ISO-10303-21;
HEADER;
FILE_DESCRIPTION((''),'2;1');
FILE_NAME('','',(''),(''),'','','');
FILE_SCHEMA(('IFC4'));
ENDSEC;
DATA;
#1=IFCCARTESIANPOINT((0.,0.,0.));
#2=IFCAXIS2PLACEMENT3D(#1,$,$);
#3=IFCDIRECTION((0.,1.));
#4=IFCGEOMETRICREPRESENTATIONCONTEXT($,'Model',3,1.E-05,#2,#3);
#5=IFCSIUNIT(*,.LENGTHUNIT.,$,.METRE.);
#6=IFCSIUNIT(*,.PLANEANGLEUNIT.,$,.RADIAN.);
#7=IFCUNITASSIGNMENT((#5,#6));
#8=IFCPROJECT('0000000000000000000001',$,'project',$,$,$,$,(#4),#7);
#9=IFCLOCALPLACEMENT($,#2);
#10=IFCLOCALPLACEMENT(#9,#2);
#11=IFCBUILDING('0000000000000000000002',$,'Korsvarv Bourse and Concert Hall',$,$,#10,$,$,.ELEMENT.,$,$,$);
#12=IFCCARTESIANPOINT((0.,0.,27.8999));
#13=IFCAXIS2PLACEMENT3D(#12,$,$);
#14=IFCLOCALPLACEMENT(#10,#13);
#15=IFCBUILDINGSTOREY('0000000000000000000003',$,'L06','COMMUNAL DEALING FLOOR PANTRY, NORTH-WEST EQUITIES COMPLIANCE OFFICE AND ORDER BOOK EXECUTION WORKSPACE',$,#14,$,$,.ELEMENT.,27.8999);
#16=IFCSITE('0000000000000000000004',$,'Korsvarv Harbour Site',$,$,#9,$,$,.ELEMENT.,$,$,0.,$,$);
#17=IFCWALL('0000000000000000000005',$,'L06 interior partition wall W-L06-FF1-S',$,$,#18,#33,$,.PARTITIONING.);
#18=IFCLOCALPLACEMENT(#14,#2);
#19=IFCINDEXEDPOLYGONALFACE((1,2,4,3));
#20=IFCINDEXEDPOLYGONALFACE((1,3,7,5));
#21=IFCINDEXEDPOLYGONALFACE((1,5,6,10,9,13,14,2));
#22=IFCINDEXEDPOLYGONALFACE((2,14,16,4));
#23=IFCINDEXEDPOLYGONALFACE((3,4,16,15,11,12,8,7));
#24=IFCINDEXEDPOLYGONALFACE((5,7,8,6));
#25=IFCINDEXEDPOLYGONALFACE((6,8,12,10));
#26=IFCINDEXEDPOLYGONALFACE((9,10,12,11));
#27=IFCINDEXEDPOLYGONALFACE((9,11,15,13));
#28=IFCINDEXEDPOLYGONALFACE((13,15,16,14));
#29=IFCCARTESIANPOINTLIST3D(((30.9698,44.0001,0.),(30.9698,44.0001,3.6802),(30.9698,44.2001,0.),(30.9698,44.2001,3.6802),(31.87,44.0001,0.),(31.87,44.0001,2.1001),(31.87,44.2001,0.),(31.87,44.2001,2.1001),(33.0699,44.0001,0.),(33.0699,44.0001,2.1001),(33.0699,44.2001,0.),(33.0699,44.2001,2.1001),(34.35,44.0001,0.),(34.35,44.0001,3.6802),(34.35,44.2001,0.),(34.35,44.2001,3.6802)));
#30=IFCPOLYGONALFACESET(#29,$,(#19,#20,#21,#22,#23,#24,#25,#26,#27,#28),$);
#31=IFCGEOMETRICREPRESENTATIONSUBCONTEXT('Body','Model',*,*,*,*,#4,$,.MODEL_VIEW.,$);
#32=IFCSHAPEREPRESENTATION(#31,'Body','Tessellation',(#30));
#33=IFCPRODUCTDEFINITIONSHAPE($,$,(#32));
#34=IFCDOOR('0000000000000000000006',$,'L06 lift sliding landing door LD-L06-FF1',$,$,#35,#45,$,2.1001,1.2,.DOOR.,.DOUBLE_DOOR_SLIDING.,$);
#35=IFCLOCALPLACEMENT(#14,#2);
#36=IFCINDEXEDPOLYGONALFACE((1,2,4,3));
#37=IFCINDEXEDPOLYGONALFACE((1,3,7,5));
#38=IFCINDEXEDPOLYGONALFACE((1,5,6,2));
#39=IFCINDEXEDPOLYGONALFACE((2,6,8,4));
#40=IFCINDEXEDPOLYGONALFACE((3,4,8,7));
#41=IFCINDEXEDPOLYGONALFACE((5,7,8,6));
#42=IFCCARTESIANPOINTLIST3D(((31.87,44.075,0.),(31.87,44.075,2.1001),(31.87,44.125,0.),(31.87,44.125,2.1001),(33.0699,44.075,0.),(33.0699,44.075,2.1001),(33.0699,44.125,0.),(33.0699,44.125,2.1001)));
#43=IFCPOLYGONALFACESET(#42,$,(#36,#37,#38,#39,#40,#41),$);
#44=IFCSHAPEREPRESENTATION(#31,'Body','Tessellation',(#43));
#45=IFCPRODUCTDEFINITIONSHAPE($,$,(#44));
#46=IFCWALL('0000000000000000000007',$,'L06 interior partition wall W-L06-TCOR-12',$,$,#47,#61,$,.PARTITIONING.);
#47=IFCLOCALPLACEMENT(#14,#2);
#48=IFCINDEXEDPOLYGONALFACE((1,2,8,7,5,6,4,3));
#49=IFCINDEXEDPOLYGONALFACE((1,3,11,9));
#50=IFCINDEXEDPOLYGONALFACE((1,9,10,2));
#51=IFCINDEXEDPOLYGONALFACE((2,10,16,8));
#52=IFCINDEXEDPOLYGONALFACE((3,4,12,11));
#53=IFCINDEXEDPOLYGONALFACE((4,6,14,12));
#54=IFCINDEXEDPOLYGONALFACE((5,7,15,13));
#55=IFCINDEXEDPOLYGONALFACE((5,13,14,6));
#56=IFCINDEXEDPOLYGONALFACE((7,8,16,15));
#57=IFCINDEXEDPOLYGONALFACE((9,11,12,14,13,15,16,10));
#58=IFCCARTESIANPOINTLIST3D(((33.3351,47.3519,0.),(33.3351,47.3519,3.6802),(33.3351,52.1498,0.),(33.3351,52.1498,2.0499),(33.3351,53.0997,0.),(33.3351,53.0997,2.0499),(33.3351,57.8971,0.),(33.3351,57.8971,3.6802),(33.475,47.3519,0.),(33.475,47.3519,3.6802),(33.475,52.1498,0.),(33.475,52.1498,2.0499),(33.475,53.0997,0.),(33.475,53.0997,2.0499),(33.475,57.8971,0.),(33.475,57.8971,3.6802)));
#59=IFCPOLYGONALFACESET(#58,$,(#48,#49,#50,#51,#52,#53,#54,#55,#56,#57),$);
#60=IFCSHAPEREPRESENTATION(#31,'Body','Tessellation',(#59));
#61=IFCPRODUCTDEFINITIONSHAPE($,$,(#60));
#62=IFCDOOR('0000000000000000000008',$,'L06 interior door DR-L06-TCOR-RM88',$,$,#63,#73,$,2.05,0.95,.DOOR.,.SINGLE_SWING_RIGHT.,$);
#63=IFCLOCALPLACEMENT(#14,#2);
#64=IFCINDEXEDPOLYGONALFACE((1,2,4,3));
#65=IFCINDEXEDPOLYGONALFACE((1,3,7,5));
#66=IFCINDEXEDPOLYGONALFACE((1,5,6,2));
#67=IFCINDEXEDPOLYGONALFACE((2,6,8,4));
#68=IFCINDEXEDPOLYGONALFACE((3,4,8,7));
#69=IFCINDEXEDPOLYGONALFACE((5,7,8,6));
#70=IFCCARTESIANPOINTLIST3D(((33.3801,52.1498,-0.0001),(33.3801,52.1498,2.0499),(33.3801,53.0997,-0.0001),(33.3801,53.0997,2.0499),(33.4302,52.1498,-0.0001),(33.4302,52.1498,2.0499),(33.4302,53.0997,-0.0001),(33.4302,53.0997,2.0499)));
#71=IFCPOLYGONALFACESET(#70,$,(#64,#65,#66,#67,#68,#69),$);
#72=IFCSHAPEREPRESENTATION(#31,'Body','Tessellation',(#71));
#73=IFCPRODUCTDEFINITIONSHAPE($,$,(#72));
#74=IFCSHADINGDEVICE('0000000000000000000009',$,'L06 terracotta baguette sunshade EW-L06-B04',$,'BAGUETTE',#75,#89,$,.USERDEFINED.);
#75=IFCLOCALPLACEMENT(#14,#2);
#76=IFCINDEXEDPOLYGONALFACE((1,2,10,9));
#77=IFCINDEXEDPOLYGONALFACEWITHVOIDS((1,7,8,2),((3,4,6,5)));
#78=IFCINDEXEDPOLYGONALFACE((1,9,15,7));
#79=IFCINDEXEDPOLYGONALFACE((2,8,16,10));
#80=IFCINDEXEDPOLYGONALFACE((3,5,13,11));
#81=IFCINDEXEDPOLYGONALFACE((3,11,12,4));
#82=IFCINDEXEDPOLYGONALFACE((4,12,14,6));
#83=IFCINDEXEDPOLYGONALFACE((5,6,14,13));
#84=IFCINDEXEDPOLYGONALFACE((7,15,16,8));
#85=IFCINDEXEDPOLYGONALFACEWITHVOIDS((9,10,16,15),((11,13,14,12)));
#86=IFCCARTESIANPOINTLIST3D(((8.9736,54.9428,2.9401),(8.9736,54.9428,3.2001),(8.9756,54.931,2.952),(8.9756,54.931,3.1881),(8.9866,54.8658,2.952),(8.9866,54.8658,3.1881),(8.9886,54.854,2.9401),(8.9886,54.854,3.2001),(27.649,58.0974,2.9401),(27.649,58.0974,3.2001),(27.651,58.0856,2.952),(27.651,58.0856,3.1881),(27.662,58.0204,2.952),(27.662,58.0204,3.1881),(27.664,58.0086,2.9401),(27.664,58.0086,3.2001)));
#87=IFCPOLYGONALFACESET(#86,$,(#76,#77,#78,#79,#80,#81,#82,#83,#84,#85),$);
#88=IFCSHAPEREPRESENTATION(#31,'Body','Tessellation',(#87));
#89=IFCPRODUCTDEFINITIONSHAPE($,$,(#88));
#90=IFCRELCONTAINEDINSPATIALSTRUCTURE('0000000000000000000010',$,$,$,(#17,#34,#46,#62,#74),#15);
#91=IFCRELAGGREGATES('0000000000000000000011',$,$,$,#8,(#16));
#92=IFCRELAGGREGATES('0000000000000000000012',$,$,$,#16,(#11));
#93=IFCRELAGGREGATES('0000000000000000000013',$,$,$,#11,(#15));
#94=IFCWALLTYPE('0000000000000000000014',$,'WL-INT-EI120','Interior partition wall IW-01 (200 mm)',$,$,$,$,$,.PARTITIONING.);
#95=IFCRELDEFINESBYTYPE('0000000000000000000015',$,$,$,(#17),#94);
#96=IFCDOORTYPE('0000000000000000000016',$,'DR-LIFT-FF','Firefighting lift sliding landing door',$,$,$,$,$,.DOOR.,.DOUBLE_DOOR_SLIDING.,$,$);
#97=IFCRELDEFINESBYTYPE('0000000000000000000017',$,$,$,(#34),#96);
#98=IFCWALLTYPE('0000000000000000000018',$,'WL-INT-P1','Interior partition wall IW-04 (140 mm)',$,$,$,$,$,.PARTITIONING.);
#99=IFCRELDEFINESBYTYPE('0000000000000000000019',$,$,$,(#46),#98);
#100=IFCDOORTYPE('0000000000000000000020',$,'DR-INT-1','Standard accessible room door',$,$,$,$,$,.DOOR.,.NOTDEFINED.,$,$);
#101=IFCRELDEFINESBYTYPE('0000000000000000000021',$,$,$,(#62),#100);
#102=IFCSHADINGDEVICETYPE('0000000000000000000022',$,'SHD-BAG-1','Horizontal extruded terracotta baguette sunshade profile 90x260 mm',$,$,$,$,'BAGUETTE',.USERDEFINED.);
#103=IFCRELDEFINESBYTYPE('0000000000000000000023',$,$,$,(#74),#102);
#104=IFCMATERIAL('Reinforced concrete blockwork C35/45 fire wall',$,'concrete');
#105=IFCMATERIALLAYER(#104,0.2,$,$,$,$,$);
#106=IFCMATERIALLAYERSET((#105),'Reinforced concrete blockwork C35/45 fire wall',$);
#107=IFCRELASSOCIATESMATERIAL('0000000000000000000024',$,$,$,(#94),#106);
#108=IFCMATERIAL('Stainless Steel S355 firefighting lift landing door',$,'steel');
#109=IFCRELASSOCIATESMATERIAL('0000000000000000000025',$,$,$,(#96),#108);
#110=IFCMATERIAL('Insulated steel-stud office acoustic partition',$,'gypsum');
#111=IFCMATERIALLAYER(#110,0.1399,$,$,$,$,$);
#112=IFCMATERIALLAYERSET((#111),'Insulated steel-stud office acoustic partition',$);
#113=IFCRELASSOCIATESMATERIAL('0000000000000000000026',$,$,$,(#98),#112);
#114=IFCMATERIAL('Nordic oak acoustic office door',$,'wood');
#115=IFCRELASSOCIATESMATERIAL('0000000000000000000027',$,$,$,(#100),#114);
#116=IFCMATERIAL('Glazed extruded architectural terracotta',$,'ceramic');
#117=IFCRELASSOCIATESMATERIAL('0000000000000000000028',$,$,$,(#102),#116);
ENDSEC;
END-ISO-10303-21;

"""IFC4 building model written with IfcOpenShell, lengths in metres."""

from ifc_helpers import new_model, si_unit, direction, frame, frame_2d, origin, origin_2d, place, context, subcontext, project, spatial, rectangle, hollow_rectangle, extrude, source, transform, mapped, material, layer, layer_set, material_profile, profile_set, type_object, element, fill, save


model = new_model("IFC4")

# Units and contexts
model_context = context("Model", 3, precision=1e-05, world=origin(), true_north=direction((0.0, 1.0)))
body_context = subcontext(model_context, "Body", "Model", "MODEL_VIEW")
ifc_project = project(units=[si_unit("LENGTHUNIT", "METRE"), si_unit("PLANEANGLEUNIT", "RADIAN")], contexts=[model_context])

# Site, building, storey
site_placement = place(None, origin())
site = spatial("IfcSite", under=ifc_project, at=site_placement, Name="Korsvarv Harbour Site", CompositionType="ELEMENT", RefElevation=0.0)
building_placement = place(site_placement, origin())
building = spatial("IfcBuilding", under=site, at=building_placement, Name="Korsvarv Bourse and Concert Hall", CompositionType="ELEMENT")
storey_placement = place(building_placement, frame((0.0, 0.0, 27.8999)))
storey = spatial("IfcBuildingStorey", under=building, at=storey_placement, Name="L06", Description="COMMUNAL DEALING FLOOR PANTRY, NORTH-WEST EQUITIES COMPLIANCE OFFICE AND ORDER BOOK EXECUTION WORKSPACE", CompositionType="ELEMENT", Elevation=27.8999)

# Walls, openings, doors
ifc_material_1 = material(Name="Reinforced concrete blockwork C35/45 fire wall", Category="concrete")
ifc_layer_1 = layer(ifc_material_1, 0.2)
ifc_layer_set_1 = layer_set([ifc_layer_1], Name="Reinforced concrete blockwork C35/45 fire wall")
wall_type_1 = type_object("IfcWallType", Name="WL-INT-EI120", Description="Interior partition wall IW-01 (200 mm)", PredefinedType="PARTITIONING", material=ifc_layer_set_1)
wall_1_placement = place(storey_placement, frame((30.97, 44.1001, 0.0), z_axis=(0.0, 0.0, 1.0), x_axis=(1.0, 0.0, 0.0)))
wall_1 = element("IfcWall", 1, at=wall_1_placement, inside=storey, type_object=wall_type_1, Name="L06 interior partition wall W-L06-FF1-S", PredefinedType="PARTITIONING", context=body_context, shape_type="SweptSolid", body=[
    extrude(rectangle(XDim=3.3801, YDim=0.2, at=frame_2d((1.6899, 0.0))), origin(), (0.0, 0.0, 1.0), 3.6802),
])
opening_1_placement = place(wall_1_placement, frame((0.8999, 0.0, 0.0)))
opening_1 = element("IfcOpeningElement", 2, at=opening_1_placement, cuts=wall_1, PredefinedType="OPENING", context=body_context, shape_type="SweptSolid", body=[
    extrude(rectangle(XDim=1.2, YDim=2.1001, at=frame_2d((0.6001, 1.05))), frame((0.0, 0.1099, 0.0), z_axis=(0.0, -1.0, 0.0), x_axis=(1.0, 0.0, 0.0)), (0.0, 0.0, 1.0), 0.22),
])
ifc_material_2 = material(Name="Stainless Steel S355 firefighting lift landing door", Category="steel")
door_type_1 = type_object("IfcDoorType", Name="DR-LIFT-FF", Description="Firefighting lift sliding landing door", OperationType="DOUBLE_DOOR_SLIDING", PredefinedType="DOOR", material=ifc_material_2)
door_1_placement = place(opening_1_placement, origin())
door_1 = element("IfcDoor", 3, at=door_1_placement, inside=storey, type_object=door_type_1, Name="L06 lift sliding landing door LD-L06-FF1", OperationType="DOUBLE_DOOR_SLIDING", OverallHeight=2.1001, OverallWidth=1.2, PredefinedType="DOOR", context=body_context, shape_type="SweptSolid", body=[
    extrude(rectangle(XDim=1.2, YDim=2.1001, at=frame_2d((0.6001, 1.05))), frame((0.0, 0.0249, 0.0), z_axis=(0.0, -1.0, 0.0), x_axis=(1.0, 0.0, 0.0)), (0.0, 0.0, 1.0), 0.05),
])
fill(opening_1, door_1)
ifc_material_3 = material(Name="Insulated steel-stud office acoustic partition", Category="gypsum")
ifc_layer_2 = layer(ifc_material_3, 0.1399)
ifc_layer_set_2 = layer_set([ifc_layer_2], Name="Insulated steel-stud office acoustic partition")
wall_type_2 = type_object("IfcWallType", Name="WL-INT-P1", Description="Interior partition wall IW-04 (140 mm)", PredefinedType="PARTITIONING", material=ifc_layer_set_2)
wall_2_placement = place(storey_placement, frame((33.405, 47.3521, 0.0), z_axis=(0.0, 0.0, 1.0), x_axis=(0.0, 1.0, 0.0)))
wall_2 = element("IfcWall", 4, at=wall_2_placement, inside=storey, type_object=wall_type_2, Name="L06 interior partition wall W-L06-TCOR-12", PredefinedType="PARTITIONING", context=body_context, shape_type="SweptSolid", body=[
    extrude(rectangle(XDim=10.5452, YDim=0.1399, at=frame_2d((5.2725, 0.0))), origin(), (0.0, 0.0, 1.0), 3.6802),
])
opening_2_placement = place(wall_2_placement, frame((4.7976, 0.0, 0.0)))
opening_2 = element("IfcOpeningElement", 5, at=opening_2_placement, cuts=wall_2, PredefinedType="OPENING", context=body_context, shape_type="SweptSolid", body=[
    extrude(rectangle(XDim=0.95, YDim=2.05, at=frame_2d((0.4751, 1.0249))), frame((0.0, 0.0801, 0.0), z_axis=(0.0, -1.0, 0.0), x_axis=(1.0, 0.0, 0.0)), (0.0, 0.0, 1.0), 0.1599),
])
ifc_material_4 = material(Name="Nordic oak acoustic office door", Category="wood")
door_type_2 = type_object("IfcDoorType", Name="DR-INT-1", Description="Standard accessible room door", OperationType="NOTDEFINED", PredefinedType="DOOR", material=ifc_material_4)
door_2_placement = place(opening_2_placement, origin())
door_2 = element("IfcDoor", 6, at=door_2_placement, inside=storey, type_object=door_type_2, Name="L06 interior door DR-L06-TCOR-RM88", OperationType="SINGLE_SWING_RIGHT", OverallHeight=2.05, OverallWidth=0.95, PredefinedType="DOOR", context=body_context, shape_type="SweptSolid", body=[
    extrude(rectangle(XDim=0.95, YDim=2.05, at=frame_2d((0.4751, 1.0249))), frame((0.0, 0.0249, 0.0), z_axis=(0.0, -1.0, 0.0), x_axis=(1.0, 0.0, 0.0)), (0.0, 0.0, 1.0), 0.05),
])
fill(opening_2, door_2)

# Shading device
ifc_material_5 = material(Name="Glazed extruded architectural terracotta", Category="ceramic")
ifc_material_profile_1 = material_profile(ifc_material_5, hollow_rectangle(XDim=0.0901, YDim=0.26, WallThickness=0.012, at=origin_2d()), Name="TC-BAG 90x260")
ifc_profile_set_1 = profile_set([ifc_material_profile_1], Name="Glazed extruded architectural terracotta")
shading_device_type = type_object("IfcShadingDeviceType", Name="SHD-BAG-1", Description="Horizontal extruded terracotta baguette sunshade profile 90x260 mm", ElementType="BAGUETTE", PredefinedType="USERDEFINED", material=ifc_profile_set_1)
shared_shape_1 = source(origin(), body_context, "Body", "SweptSolid", [
    extrude(hollow_rectangle(XDim=0.0901, YDim=0.26, WallThickness=0.012, at=origin_2d()), origin(), (0.0, 0.0, 1.0), 18.9399),
])
shading_device_placement = place(storey_placement, frame((27.6565, 58.053, 3.0701), z_axis=(-0.986032, -0.166556, 0.0), x_axis=(0.166556, -0.986032, 0.0)))
element("IfcShadingDevice", 7, at=shading_device_placement, inside=storey, type_object=shading_device_type, Name="L06 terracotta baguette sunshade EW-L06-B04", ObjectType="BAGUETTE", PredefinedType="USERDEFINED", context=body_context, shape_type="MappedRepresentation", body=[
    mapped(shared_shape_1, transform((0.0, 0.0, 0.0), scale=1.0)),
])

save(model, "model.ifc")
